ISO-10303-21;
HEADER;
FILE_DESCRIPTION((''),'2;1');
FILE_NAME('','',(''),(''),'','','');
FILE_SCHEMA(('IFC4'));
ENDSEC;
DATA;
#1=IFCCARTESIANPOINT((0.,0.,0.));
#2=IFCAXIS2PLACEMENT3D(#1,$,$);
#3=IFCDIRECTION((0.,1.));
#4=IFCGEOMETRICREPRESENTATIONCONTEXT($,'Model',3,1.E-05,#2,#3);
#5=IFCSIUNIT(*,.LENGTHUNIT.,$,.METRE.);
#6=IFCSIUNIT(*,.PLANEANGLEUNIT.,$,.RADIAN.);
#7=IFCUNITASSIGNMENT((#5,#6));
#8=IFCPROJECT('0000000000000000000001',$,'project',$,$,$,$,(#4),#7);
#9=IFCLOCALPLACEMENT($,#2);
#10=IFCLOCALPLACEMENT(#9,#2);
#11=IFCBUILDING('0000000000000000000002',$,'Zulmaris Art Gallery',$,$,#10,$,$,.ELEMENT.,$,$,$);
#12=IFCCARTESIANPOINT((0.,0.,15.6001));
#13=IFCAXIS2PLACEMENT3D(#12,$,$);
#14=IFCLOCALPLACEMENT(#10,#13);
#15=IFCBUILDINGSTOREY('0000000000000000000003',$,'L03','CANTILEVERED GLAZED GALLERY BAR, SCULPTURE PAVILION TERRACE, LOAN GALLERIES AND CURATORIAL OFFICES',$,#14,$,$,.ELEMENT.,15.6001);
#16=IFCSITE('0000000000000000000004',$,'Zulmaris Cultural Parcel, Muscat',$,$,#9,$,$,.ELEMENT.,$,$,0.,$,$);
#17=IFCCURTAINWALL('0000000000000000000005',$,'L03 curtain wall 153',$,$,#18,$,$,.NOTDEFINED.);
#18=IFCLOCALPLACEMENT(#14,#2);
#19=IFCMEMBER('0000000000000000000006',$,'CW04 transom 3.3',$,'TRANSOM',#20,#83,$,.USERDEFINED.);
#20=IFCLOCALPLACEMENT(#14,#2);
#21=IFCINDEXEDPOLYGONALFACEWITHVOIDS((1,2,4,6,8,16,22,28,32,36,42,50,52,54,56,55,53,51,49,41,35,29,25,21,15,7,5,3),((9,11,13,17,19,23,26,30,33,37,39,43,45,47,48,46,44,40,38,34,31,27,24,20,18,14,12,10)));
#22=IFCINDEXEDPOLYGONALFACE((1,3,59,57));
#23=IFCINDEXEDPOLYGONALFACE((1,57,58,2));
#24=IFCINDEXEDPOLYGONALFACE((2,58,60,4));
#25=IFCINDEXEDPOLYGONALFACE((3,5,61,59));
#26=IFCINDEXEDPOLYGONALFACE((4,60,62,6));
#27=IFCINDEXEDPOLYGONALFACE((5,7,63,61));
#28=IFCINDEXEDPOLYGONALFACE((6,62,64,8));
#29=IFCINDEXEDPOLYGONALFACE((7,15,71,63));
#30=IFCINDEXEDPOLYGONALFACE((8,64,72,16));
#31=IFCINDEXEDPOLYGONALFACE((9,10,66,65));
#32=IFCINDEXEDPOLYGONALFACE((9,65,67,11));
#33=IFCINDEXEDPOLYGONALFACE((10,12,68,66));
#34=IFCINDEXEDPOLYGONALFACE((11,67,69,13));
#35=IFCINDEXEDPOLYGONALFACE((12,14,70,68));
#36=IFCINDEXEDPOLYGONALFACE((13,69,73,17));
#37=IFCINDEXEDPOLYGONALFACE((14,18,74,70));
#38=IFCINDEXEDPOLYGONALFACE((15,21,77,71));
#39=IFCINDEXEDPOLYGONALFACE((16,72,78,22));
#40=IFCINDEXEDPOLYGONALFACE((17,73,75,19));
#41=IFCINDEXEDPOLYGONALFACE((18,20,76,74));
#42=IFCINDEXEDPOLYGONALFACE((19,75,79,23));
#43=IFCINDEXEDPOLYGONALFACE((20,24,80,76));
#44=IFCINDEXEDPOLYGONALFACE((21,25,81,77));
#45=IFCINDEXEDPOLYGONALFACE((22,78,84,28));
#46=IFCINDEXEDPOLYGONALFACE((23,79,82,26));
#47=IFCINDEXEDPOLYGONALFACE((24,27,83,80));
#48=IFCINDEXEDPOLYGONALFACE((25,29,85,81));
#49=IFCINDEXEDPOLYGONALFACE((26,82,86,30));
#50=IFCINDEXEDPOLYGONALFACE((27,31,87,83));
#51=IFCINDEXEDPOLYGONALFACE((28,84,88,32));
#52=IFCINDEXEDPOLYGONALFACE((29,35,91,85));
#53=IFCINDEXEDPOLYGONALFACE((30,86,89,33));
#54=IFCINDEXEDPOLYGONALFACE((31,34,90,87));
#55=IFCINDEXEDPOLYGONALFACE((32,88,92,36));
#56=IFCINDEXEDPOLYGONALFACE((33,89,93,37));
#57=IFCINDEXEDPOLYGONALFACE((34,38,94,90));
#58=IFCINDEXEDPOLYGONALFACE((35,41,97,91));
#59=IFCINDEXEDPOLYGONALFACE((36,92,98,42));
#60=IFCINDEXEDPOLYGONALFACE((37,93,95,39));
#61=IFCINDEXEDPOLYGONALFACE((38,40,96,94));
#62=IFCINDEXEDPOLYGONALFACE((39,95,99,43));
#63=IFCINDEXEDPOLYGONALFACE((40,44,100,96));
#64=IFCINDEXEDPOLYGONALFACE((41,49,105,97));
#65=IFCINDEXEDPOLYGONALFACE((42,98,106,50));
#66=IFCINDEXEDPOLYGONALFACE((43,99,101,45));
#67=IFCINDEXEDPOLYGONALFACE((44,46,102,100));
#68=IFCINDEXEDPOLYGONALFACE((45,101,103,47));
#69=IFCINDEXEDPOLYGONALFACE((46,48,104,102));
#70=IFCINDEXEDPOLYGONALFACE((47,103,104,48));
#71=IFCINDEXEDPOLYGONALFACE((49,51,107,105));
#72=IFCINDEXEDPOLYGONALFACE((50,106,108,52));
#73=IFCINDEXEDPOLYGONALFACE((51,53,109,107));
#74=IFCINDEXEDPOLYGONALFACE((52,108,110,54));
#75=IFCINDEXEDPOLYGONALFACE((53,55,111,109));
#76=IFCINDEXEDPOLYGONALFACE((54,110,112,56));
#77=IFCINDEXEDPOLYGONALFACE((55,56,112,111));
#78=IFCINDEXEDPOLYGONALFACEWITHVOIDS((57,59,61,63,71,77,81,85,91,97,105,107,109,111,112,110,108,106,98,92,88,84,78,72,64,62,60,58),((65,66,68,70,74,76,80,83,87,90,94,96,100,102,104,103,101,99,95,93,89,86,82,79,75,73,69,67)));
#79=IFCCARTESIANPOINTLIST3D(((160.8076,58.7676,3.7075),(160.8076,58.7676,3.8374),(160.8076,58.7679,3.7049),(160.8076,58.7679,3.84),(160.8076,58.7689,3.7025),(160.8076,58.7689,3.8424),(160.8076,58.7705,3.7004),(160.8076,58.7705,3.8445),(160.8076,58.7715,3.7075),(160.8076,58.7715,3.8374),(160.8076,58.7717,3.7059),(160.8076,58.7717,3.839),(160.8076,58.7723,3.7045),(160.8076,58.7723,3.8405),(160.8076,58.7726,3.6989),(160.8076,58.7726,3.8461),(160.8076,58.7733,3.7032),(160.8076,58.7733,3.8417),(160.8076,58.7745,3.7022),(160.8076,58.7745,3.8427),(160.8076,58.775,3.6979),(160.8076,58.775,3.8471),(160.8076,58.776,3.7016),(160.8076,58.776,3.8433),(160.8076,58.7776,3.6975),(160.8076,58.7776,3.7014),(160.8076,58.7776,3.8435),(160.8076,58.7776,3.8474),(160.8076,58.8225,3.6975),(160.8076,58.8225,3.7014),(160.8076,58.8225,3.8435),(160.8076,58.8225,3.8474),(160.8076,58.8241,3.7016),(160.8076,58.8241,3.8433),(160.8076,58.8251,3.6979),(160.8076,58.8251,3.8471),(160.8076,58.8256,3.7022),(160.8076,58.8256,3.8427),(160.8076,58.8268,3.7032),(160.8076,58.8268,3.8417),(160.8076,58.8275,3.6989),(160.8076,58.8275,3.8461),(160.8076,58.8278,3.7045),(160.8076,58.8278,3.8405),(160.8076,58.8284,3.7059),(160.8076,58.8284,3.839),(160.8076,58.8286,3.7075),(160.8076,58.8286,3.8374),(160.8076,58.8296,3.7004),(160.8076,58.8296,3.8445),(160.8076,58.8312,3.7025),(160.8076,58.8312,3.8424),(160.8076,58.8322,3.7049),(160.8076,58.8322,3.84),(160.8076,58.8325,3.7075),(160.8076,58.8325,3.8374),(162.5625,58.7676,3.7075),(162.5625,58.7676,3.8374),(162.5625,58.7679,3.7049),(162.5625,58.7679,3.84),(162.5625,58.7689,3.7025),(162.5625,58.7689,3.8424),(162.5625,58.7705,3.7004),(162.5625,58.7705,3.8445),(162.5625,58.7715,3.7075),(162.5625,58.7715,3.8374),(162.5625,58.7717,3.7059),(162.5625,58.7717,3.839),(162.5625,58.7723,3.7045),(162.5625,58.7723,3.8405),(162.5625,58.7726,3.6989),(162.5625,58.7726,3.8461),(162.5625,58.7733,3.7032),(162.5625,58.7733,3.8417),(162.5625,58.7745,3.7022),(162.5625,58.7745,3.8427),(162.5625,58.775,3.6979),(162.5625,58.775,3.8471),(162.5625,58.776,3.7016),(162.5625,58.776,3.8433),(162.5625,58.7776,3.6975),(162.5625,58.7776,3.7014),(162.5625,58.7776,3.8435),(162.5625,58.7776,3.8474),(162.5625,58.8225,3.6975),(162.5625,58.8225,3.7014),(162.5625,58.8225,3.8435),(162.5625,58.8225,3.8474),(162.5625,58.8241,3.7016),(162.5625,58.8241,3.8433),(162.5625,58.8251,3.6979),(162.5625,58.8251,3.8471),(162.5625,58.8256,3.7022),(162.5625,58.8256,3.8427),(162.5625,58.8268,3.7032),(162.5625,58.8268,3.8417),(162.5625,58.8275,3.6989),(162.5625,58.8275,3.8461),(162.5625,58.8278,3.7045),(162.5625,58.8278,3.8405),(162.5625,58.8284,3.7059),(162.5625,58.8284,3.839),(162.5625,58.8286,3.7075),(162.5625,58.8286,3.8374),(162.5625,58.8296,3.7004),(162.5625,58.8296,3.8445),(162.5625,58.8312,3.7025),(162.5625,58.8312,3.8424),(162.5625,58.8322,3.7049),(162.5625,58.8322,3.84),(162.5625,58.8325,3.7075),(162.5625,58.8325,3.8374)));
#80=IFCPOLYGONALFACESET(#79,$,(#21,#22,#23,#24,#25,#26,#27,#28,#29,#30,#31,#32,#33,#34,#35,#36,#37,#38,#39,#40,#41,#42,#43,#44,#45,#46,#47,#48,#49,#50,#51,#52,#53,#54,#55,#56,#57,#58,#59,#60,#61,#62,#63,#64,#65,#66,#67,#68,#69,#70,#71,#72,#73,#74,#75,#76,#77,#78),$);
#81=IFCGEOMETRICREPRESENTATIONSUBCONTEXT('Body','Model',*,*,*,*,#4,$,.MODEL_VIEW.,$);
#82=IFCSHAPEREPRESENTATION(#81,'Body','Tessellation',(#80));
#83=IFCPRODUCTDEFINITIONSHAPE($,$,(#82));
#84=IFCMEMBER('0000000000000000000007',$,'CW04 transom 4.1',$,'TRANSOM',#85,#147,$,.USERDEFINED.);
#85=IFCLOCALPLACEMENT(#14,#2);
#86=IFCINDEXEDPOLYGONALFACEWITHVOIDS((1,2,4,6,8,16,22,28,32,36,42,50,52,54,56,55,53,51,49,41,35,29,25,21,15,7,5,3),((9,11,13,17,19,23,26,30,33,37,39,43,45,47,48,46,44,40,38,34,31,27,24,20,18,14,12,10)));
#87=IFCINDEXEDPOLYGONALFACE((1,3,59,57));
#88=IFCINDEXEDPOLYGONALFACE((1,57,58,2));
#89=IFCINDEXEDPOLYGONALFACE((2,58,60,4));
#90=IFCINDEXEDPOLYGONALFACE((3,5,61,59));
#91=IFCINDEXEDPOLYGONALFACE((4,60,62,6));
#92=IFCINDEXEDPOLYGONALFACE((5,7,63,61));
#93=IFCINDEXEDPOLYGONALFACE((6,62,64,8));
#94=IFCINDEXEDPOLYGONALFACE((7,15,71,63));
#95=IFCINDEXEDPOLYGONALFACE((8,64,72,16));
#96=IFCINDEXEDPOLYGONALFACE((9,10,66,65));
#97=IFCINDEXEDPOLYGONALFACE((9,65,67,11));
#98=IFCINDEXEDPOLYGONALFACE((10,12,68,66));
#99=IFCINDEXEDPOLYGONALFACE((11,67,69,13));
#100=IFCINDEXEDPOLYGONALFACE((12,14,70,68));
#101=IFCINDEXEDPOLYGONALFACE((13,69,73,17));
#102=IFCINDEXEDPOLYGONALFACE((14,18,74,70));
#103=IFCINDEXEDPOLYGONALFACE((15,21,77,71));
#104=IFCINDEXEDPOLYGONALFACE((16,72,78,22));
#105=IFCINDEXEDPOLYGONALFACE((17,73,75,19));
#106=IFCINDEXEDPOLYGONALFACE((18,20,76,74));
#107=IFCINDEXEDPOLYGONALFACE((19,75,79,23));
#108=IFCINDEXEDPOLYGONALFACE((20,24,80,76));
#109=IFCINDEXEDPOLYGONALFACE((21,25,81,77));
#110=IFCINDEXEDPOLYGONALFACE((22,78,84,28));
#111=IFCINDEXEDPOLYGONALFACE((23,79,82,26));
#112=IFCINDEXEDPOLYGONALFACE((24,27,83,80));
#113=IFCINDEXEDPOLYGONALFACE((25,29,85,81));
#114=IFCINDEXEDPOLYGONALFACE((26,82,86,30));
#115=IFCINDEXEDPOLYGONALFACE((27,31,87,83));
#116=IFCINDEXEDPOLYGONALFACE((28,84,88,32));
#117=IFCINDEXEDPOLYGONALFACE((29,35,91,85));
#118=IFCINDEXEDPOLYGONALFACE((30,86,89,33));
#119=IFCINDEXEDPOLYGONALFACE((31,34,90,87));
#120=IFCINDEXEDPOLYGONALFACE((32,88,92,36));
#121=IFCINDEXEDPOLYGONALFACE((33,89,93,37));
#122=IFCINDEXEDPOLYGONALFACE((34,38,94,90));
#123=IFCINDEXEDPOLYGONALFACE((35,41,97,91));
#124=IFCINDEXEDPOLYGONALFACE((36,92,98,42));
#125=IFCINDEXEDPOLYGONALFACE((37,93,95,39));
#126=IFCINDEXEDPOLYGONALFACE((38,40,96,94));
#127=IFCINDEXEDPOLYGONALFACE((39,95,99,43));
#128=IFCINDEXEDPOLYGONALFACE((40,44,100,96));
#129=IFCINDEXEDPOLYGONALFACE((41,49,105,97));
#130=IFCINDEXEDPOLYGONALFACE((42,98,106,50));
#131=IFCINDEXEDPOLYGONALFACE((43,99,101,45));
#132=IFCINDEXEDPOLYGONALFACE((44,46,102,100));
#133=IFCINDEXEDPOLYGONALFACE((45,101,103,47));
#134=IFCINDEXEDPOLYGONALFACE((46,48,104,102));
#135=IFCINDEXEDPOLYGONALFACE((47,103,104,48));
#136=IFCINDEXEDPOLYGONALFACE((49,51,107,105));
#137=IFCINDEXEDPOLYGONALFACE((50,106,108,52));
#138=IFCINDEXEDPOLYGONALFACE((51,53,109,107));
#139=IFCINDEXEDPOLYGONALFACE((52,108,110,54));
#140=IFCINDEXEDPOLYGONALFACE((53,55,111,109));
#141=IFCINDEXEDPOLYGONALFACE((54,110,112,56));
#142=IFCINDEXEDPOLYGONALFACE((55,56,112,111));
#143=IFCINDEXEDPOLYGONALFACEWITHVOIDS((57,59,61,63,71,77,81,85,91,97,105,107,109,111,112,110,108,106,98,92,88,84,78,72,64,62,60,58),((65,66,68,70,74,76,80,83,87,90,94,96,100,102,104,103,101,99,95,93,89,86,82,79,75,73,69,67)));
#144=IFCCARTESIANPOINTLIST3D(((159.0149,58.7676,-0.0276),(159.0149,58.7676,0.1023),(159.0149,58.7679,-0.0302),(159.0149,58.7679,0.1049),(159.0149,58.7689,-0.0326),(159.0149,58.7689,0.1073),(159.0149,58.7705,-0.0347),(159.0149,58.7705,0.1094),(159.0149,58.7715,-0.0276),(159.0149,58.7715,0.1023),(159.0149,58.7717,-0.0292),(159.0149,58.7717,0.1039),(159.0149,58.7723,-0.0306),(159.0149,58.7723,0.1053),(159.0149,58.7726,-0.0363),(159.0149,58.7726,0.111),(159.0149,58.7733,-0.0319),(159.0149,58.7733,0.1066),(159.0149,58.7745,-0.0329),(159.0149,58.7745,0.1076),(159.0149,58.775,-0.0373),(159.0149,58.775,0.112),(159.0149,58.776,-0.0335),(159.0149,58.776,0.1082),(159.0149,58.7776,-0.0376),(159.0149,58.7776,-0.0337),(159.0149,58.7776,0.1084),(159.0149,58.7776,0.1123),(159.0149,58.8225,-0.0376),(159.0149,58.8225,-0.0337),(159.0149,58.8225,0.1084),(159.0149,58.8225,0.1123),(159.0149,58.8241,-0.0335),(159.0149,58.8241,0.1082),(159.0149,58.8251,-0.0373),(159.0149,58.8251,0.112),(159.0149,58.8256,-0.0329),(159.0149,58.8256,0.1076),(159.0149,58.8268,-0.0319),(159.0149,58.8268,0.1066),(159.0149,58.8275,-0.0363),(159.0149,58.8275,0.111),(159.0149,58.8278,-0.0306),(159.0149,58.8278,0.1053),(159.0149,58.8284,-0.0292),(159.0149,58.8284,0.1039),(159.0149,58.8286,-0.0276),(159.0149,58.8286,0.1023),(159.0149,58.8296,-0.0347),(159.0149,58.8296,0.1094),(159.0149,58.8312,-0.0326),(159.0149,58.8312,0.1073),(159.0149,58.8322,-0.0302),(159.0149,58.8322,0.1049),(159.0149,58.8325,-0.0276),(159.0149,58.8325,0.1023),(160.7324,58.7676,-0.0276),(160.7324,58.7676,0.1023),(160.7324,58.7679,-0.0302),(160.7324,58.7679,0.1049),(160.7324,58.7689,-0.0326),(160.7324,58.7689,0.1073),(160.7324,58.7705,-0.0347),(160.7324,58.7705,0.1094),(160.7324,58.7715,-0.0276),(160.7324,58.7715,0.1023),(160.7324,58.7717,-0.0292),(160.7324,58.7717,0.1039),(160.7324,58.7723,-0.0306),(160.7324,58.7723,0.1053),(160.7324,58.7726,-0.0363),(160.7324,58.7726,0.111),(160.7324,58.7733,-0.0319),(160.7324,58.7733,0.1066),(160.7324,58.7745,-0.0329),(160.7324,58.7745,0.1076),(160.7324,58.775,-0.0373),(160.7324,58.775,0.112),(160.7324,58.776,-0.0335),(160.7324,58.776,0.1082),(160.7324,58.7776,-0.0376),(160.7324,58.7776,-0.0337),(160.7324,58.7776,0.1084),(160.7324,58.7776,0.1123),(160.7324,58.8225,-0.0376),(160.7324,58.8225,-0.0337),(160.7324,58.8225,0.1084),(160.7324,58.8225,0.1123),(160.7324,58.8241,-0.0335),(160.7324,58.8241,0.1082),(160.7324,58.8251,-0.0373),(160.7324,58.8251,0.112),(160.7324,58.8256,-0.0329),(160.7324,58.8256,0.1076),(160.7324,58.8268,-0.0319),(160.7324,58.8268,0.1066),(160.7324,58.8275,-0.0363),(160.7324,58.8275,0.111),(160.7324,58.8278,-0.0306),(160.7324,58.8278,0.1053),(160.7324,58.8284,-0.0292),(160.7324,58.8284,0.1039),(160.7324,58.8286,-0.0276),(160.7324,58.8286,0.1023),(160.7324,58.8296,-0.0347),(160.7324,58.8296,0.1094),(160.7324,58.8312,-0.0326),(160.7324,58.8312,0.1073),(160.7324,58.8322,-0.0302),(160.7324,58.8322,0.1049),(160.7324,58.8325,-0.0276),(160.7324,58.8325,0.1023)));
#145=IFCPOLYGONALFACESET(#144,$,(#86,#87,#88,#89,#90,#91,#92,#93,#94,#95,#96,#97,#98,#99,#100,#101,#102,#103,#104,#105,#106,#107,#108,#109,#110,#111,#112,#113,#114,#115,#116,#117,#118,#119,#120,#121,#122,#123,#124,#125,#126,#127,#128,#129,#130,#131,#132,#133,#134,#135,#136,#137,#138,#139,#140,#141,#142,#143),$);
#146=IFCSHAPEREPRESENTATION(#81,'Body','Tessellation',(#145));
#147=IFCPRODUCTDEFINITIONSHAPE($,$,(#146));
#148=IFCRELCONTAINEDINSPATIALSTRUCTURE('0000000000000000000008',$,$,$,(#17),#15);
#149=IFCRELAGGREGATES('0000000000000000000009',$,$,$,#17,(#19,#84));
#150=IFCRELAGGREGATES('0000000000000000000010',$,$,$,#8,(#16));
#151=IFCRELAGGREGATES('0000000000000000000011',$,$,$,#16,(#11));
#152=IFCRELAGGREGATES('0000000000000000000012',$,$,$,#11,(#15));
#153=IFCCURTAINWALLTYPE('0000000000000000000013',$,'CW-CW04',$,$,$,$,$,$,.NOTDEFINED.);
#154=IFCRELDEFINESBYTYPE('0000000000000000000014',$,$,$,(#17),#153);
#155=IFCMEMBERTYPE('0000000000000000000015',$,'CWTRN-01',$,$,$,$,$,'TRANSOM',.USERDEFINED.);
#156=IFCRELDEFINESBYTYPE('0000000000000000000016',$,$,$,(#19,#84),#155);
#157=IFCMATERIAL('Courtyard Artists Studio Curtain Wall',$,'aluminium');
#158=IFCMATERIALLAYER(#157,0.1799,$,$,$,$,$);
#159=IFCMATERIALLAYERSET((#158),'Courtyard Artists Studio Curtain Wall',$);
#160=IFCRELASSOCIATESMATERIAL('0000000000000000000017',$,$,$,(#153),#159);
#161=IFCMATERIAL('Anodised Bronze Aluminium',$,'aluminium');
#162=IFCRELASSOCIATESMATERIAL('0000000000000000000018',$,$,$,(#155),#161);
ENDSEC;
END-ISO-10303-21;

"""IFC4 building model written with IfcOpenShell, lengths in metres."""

from ifc_helpers import new_model, si_unit, direction, frame, origin, origin_2d, place, context, subcontext, project, spatial, hollow_rectangle, extrude, material, layer, layer_set, material_profile, profile_set, type_object, element, aggregate, save


model = new_model("IFC4")

# Units and contexts
model_context = context("Model", 3, precision=1e-05, world=origin(), true_north=direction((0.0, 1.0)))
body_context = subcontext(model_context, "Body", "Model", "MODEL_VIEW")
ifc_project = project(units=[si_unit("LENGTHUNIT", "METRE"), si_unit("PLANEANGLEUNIT", "RADIAN")], contexts=[model_context])

# Site, building, storey
site_placement = place(None, origin())
site = spatial("IfcSite", under=ifc_project, at=site_placement, Name="Zulmaris Cultural Parcel, Muscat", CompositionType="ELEMENT", RefElevation=0.0)
building_placement = place(site_placement, origin())
building = spatial("IfcBuilding", under=site, at=building_placement, Name="Zulmaris Art Gallery", CompositionType="ELEMENT")
storey_placement = place(building_placement, frame((0.0, 0.0, 15.6001)))
storey = spatial("IfcBuildingStorey", under=building, at=storey_placement, Name="L03", Description="CANTILEVERED GLAZED GALLERY BAR, SCULPTURE PAVILION TERRACE, LOAN GALLERIES AND CURATORIAL OFFICES", CompositionType="ELEMENT", Elevation=15.6001)

# Curtain wall
ifc_material_1 = material(Name="Courtyard Artists Studio Curtain Wall", Category="aluminium")
ifc_layer_1 = layer(ifc_material_1, 0.1799)
ifc_layer_set_1 = layer_set([ifc_layer_1], Name="Courtyard Artists Studio Curtain Wall")
curtain_wall_type = type_object("IfcCurtainWallType", Name="CW-CW04", PredefinedType="NOTDEFINED", material=ifc_layer_set_1)
ifc_material_2 = material(Name="Anodised Bronze Aluminium", Category="aluminium")
curtain_wall_1_placement = place(storey_placement, origin())
curtain_wall_1 = element("IfcCurtainWall", 1, at=curtain_wall_1_placement, inside=storey, type_object=curtain_wall_type, Name="L03 curtain wall 153", PredefinedType="NOTDEFINED")

# Members
ifc_material_profile_1 = material_profile(ifc_material_2, hollow_rectangle(XDim=0.0649, YDim=0.1499, WallThickness=0.0039, InnerFilletRadius=0.0061, OuterFilletRadius=0.01, at=origin_2d()), Name="ALU 65x150x4")
ifc_profile_set_1 = profile_set([ifc_material_profile_1], Name="Anodised Bronze Aluminium")
member_type_1 = type_object("IfcMemberType", Name="CWTRN-01", ElementType="TRANSOM", PredefinedType="USERDEFINED", material=ifc_profile_set_1)
member_1_placement = place(storey_placement, frame((162.5625, 58.8, 3.7725), z_axis=(-1.0, 0.0, 0.0), x_axis=(0.0, -1.0, 0.0)))
member_1 = element("IfcMember", 2, at=member_1_placement, type_object=member_type_1, Name="CW04 transom 3.3", ObjectType="TRANSOM", PredefinedType="USERDEFINED", context=body_context, shape_type="SweptSolid", body=[
    extrude(hollow_rectangle(XDim=0.0649, YDim=0.1499, WallThickness=0.0039, InnerFilletRadius=0.0061, OuterFilletRadius=0.01, at=origin_2d()), origin(), (0.0, 0.0, 1.0), 1.7549),
])
member_2_placement = place(storey_placement, frame((160.7324, 58.8, 0.0374), z_axis=(-1.0, 0.0, 0.0), x_axis=(0.0, -1.0, 0.0)))
member_2 = element("IfcMember", 3, at=member_2_placement, type_object=member_type_1, Name="CW04 transom 4.1", ObjectType="TRANSOM", PredefinedType="USERDEFINED", context=body_context, shape_type="SweptSolid", body=[
    extrude(hollow_rectangle(XDim=0.0649, YDim=0.1499, WallThickness=0.0039, InnerFilletRadius=0.0061, OuterFilletRadius=0.01, at=origin_2d()), origin(), (0.0, 0.0, 1.0), 1.7175),
])

aggregate(curtain_wall_1, [member_1, member_2])

save(model, "model.ifc")
